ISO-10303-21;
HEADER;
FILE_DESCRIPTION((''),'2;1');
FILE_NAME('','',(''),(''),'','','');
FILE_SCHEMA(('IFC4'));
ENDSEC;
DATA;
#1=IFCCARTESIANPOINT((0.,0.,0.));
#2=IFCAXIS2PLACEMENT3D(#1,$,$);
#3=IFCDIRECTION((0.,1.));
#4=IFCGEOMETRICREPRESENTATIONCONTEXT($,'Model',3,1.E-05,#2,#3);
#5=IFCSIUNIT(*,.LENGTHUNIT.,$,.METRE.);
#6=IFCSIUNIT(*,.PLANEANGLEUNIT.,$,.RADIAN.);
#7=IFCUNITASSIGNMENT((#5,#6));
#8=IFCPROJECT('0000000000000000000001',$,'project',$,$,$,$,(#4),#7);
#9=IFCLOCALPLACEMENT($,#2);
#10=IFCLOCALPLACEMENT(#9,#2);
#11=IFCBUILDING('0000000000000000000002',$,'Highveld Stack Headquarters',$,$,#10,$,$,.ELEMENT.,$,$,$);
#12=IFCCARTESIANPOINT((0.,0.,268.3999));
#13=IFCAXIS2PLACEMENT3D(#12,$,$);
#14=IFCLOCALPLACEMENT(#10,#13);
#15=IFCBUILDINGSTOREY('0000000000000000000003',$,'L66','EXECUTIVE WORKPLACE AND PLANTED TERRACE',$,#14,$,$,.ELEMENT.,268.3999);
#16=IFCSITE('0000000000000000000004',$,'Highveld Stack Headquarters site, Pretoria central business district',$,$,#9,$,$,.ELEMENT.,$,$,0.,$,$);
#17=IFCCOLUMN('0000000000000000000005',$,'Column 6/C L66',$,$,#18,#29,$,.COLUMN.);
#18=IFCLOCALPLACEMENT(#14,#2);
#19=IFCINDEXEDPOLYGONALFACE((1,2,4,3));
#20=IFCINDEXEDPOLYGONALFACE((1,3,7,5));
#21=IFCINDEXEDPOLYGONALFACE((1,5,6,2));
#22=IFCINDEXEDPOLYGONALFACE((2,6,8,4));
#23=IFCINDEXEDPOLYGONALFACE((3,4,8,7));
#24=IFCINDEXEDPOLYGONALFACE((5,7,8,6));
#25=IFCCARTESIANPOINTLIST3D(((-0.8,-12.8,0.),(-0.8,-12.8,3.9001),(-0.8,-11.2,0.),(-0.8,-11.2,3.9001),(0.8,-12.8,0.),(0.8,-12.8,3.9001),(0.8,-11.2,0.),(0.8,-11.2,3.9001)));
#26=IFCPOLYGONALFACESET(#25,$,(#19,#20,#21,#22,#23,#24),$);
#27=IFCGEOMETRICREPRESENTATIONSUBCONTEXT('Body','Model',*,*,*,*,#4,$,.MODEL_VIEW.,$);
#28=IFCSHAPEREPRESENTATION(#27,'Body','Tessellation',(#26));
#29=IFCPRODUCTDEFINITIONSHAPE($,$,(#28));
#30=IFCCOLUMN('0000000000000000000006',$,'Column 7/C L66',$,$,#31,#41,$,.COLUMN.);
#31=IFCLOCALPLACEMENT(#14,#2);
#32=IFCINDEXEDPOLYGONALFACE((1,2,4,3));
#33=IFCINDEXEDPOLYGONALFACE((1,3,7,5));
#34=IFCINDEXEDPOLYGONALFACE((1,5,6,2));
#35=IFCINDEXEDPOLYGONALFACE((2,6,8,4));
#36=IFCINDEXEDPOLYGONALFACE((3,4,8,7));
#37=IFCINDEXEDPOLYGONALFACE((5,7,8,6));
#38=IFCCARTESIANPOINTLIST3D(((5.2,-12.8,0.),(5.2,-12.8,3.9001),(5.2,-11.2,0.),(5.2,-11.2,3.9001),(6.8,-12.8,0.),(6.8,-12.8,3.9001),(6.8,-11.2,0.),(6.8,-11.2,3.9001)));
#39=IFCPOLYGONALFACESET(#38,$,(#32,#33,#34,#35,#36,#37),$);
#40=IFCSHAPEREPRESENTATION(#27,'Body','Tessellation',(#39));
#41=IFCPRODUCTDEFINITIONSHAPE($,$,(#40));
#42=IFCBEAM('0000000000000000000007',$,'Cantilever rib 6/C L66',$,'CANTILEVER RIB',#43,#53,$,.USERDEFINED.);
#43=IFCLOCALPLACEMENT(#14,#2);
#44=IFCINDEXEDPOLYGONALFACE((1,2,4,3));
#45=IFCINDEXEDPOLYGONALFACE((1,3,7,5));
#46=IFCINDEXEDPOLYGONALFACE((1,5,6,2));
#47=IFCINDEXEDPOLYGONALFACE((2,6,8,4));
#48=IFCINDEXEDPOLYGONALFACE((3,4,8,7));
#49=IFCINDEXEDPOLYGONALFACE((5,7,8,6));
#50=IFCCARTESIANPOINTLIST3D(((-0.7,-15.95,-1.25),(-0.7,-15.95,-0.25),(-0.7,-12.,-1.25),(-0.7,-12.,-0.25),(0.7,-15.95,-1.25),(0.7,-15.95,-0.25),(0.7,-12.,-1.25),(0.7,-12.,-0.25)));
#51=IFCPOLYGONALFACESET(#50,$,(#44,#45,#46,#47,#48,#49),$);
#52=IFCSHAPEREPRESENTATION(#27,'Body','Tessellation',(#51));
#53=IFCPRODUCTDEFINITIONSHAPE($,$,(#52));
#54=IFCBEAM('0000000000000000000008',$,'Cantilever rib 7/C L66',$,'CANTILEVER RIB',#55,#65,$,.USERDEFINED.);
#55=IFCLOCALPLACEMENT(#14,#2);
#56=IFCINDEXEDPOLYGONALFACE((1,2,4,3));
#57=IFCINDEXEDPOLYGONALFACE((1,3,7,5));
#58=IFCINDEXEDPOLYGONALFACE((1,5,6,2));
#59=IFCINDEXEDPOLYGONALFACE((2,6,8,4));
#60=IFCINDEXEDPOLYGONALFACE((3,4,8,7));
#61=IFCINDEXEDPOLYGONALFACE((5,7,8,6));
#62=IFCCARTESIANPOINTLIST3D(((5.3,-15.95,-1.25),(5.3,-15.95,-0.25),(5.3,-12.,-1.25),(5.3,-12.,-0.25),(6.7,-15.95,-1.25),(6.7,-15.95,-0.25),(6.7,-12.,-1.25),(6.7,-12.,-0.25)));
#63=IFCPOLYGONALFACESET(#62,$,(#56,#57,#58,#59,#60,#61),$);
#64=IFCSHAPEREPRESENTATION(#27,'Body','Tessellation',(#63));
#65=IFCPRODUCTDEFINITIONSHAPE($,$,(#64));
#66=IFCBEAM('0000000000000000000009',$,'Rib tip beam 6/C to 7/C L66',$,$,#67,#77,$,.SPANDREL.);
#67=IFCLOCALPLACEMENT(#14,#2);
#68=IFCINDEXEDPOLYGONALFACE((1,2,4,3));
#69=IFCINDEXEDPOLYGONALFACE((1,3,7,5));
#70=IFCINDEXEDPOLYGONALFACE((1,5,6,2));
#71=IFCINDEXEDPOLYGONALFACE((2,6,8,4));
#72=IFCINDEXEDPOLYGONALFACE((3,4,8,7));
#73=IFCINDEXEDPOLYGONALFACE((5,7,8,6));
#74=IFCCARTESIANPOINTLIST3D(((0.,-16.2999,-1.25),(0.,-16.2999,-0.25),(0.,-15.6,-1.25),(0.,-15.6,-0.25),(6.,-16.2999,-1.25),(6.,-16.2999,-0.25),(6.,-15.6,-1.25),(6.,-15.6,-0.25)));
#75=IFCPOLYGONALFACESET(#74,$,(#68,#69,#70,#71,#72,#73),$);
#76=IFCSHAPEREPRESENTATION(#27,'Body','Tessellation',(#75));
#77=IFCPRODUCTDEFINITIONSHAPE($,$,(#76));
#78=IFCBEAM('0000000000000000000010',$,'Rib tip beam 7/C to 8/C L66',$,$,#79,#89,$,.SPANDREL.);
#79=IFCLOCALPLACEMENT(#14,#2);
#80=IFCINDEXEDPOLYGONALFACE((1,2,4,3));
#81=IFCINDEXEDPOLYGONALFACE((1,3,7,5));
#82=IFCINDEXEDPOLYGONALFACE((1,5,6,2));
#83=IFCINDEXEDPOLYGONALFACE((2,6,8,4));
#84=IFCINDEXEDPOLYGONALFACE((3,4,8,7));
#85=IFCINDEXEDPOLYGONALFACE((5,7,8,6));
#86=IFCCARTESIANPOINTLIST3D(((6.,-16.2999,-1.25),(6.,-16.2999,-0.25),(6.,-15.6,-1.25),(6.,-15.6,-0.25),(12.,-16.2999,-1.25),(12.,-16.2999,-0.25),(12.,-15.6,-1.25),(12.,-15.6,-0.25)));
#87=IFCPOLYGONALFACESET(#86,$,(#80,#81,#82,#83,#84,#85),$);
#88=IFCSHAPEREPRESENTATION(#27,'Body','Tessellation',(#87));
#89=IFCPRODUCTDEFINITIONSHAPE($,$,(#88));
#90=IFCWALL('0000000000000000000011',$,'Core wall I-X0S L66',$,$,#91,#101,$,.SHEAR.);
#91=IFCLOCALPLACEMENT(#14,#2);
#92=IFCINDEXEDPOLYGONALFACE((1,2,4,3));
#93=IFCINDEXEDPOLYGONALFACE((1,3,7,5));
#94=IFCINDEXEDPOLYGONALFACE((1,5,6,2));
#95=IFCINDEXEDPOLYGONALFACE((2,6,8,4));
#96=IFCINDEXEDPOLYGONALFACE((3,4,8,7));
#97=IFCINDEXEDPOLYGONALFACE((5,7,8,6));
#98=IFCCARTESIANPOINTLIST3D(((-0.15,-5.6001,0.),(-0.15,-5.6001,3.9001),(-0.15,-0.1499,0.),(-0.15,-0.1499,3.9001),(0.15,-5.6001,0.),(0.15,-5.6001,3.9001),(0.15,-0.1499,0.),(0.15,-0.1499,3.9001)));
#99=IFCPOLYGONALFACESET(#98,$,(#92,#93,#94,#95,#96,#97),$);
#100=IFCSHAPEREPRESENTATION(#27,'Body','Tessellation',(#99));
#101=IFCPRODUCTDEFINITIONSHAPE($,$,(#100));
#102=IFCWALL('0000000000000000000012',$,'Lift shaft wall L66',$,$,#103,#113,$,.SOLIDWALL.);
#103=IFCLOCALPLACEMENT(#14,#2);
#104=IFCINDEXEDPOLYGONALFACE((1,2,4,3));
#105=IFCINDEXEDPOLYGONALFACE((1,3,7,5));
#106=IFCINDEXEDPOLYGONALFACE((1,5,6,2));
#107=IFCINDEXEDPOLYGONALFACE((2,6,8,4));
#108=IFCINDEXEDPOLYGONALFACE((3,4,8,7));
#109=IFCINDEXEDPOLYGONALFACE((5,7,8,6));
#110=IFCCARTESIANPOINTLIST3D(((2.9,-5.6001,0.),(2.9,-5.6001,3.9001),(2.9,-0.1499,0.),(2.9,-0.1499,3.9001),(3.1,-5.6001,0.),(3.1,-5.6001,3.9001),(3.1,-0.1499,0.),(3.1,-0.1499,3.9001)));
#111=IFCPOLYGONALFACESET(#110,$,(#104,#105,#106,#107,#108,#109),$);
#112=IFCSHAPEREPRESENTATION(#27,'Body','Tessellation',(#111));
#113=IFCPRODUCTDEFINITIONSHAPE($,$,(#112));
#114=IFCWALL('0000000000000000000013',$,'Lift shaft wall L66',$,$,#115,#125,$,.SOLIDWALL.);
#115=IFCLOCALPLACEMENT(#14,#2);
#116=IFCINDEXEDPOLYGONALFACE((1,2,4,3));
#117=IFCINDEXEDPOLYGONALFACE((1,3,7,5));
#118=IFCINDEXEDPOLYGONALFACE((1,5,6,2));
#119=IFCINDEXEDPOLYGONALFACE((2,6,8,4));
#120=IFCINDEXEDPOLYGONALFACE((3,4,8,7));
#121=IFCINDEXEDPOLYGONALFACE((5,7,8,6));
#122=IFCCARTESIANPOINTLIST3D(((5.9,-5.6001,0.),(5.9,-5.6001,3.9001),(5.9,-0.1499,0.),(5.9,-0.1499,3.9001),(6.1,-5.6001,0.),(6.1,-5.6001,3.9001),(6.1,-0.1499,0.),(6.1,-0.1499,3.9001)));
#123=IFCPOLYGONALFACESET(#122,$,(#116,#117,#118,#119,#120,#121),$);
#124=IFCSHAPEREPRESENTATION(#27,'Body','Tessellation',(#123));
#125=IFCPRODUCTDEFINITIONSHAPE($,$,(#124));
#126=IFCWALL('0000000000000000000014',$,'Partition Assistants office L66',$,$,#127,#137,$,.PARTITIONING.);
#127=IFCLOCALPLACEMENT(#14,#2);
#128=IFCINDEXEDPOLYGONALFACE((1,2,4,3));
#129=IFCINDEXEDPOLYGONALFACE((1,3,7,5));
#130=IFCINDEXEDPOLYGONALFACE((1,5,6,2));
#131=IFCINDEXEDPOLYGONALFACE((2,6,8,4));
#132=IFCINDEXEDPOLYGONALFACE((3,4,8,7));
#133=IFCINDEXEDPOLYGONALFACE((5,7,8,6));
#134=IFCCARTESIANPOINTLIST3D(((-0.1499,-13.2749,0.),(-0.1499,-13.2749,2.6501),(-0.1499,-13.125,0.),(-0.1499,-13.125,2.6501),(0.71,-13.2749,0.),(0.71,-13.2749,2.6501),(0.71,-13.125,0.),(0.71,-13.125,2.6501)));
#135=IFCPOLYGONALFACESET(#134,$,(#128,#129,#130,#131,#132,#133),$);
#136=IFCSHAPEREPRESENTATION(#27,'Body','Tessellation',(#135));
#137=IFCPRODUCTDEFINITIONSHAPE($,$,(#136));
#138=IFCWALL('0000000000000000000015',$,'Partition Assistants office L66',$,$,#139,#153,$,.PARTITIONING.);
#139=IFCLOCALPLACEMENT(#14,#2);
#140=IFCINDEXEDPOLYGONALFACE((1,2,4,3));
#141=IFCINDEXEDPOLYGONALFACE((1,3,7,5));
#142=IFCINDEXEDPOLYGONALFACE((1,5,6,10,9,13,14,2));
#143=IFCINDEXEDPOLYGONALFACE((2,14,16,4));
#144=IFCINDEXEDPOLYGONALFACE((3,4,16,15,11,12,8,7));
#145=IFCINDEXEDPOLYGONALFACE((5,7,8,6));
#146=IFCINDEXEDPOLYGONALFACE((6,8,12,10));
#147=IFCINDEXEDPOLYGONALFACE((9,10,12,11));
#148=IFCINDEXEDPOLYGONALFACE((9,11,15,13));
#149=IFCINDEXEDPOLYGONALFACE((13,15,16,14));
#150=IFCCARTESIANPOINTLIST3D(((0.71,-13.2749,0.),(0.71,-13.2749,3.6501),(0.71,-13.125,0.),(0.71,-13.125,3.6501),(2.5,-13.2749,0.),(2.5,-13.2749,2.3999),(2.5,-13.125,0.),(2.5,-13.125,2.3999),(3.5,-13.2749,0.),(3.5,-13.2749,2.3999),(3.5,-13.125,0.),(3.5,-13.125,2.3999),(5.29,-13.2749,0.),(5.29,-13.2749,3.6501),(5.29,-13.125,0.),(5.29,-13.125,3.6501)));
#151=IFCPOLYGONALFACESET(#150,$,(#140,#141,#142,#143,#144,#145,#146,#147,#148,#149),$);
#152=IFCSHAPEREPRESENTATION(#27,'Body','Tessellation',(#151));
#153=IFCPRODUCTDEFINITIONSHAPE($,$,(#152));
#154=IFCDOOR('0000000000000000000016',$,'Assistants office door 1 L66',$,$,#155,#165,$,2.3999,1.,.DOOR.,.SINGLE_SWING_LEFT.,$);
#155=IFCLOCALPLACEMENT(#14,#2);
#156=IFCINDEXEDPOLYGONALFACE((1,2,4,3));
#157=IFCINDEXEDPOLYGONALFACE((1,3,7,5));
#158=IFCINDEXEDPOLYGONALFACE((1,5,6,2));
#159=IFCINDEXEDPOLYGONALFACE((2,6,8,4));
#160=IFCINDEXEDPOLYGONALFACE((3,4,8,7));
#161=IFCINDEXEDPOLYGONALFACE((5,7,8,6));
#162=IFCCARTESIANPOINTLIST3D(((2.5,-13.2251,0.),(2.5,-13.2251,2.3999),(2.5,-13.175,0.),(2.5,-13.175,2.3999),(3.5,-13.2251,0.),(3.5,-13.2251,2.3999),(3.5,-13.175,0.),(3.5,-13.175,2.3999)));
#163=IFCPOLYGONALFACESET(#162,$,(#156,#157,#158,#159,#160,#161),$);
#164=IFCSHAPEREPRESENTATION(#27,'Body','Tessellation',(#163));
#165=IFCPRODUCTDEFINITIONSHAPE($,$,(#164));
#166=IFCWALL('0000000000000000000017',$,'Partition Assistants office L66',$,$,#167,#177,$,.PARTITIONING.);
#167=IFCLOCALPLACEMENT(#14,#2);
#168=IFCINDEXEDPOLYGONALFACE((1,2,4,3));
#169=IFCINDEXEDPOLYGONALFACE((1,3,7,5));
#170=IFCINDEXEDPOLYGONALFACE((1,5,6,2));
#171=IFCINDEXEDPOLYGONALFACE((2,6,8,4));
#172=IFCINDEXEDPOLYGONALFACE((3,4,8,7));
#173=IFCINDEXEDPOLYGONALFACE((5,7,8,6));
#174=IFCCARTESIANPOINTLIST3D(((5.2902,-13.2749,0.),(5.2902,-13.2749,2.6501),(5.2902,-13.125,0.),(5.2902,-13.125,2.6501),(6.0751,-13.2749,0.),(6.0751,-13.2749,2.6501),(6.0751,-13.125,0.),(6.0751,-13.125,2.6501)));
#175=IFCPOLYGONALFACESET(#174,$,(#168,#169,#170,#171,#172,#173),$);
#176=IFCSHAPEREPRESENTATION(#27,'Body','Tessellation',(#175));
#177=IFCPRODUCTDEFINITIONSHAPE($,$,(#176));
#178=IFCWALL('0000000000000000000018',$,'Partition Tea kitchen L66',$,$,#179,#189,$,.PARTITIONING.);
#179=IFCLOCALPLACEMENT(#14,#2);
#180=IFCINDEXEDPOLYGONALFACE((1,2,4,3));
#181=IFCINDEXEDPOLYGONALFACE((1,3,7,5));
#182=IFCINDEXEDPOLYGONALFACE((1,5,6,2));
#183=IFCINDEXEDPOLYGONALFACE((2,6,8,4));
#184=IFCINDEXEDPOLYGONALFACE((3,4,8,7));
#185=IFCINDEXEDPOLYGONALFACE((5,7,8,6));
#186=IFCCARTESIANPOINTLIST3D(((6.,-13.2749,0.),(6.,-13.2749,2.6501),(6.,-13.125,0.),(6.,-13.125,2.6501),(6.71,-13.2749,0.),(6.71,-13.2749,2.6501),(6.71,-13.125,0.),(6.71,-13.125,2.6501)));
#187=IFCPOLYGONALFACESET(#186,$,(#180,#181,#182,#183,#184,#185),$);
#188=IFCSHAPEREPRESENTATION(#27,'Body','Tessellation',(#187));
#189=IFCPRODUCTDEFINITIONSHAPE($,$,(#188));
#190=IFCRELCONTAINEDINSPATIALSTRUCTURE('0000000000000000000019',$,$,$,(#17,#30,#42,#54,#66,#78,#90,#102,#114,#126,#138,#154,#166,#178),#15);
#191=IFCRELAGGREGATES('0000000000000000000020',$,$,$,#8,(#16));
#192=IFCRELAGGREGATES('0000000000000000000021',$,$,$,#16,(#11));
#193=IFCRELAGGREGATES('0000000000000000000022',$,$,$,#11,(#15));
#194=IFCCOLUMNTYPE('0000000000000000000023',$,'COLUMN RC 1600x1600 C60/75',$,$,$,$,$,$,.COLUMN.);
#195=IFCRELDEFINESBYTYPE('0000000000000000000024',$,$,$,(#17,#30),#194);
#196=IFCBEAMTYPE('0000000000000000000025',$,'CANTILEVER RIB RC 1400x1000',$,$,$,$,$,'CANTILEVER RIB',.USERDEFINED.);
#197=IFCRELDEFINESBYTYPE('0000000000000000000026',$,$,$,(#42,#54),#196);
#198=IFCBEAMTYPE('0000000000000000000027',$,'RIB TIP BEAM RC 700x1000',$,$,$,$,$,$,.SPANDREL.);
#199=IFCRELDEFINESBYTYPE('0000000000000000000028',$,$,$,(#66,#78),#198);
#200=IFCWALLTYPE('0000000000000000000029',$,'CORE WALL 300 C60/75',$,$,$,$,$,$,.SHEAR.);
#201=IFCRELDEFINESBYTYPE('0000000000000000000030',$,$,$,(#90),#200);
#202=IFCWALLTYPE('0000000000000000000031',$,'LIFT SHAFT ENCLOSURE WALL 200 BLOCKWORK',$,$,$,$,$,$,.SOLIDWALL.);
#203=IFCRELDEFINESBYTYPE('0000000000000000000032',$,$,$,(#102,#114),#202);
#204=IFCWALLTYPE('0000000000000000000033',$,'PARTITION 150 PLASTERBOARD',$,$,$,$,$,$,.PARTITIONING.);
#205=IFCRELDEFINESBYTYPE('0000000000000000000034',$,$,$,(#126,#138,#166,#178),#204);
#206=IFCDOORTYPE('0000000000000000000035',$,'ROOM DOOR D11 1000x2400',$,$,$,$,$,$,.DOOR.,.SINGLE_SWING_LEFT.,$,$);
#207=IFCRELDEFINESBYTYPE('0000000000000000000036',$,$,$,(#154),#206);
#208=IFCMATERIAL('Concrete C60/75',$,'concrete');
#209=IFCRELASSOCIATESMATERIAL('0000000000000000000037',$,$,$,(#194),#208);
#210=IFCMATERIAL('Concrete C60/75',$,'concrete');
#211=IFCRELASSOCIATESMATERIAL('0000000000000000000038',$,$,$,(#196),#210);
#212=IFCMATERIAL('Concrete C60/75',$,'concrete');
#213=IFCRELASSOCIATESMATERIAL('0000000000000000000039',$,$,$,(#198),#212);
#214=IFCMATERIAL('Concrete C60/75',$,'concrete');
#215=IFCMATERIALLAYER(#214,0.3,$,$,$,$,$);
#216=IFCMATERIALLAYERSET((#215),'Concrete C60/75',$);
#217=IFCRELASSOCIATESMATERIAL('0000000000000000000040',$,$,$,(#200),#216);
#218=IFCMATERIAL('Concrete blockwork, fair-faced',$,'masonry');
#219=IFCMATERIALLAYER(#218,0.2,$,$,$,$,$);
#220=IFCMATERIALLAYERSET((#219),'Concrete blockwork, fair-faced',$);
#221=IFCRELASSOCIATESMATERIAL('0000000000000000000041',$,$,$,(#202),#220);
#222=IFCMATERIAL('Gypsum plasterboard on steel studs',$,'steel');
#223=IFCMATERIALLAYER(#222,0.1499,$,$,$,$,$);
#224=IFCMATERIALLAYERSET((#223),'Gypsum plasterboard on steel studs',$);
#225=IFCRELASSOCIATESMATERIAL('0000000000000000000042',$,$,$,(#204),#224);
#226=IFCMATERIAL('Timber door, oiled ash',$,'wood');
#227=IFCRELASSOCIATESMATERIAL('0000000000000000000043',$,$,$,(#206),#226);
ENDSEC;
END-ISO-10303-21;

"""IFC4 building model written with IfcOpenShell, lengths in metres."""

from ifc_helpers import new_model, si_unit, direction, frame, frame_2d, origin, origin_2d, place, context, subcontext, project, spatial, rectangle, extrude, material, layer, layer_set, material_profile, profile_set, type_object, element, fill, save


model = new_model("IFC4")

# Units and contexts
model_context = context("Model", 3, precision=1e-05, world=origin(), true_north=direction((0.0, 1.0)))
body_context = subcontext(model_context, "Body", "Model", "MODEL_VIEW")
ifc_project = project(units=[si_unit("LENGTHUNIT", "METRE"), si_unit("PLANEANGLEUNIT", "RADIAN")], contexts=[model_context])

# Site, building, storey
site_placement = place(None, origin())
site = spatial("IfcSite", under=ifc_project, at=site_placement, Name="Highveld Stack Headquarters site, Pretoria central business district", CompositionType="ELEMENT", RefElevation=0.0)
building_placement = place(site_placement, origin())
building = spatial("IfcBuilding", under=site, at=building_placement, Name="Highveld Stack Headquarters", CompositionType="ELEMENT")
storey_placement = place(building_placement, frame((0.0, 0.0, 268.3999)))
storey = spatial("IfcBuildingStorey", under=building, at=storey_placement, Name="L66", Description="EXECUTIVE WORKPLACE AND PLANTED TERRACE", CompositionType="ELEMENT", Elevation=268.3999)

# Columns
ifc_material_1 = material(Name="Concrete C60/75", Category="concrete")
ifc_material_profile_1 = material_profile(ifc_material_1, rectangle(XDim=1.6001, YDim=1.6001, at=origin_2d()), Name="RC 1600x1600")
ifc_profile_set_1 = profile_set([ifc_material_profile_1], Name="Concrete C60/75")
column_type = type_object("IfcColumnType", Name="COLUMN RC 1600x1600 C60/75", PredefinedType="COLUMN", material=ifc_profile_set_1)
for number, where, z_axis, x_axis, name in (
    (1, (0.0, -12.0, 0.0), (0.0, 0.0, 1.0), (1.0, 0.0, 0.0), "Column 6/C L66"),
    (2, (6.0, -12.0, 0.0), (0.0, 0.0, 1.0), (1.0, 0.0, 0.0), "Column 7/C L66"),
):
    element("IfcColumn", number, at=place(storey_placement, frame(where, z_axis=z_axis, x_axis=x_axis)), inside=storey, type_object=column_type, Name=name, PredefinedType="COLUMN", context=body_context, shape_type="SweptSolid", body=[
        extrude(rectangle(XDim=1.6001, YDim=1.6001, at=origin_2d()), origin(), (0.0, 0.0, 1.0), 3.9001),
    ])

# Beams
ifc_material_2 = material(Name="Concrete C60/75", Category="concrete")
ifc_material_profile_2 = material_profile(ifc_material_2, rectangle(XDim=1.3999, YDim=1.0, at=origin_2d()), Name="RC 1400x1000")
ifc_profile_set_2 = profile_set([ifc_material_profile_2], Name="Concrete C60/75")
beam_type_1 = type_object("IfcBeamType", Name="CANTILEVER RIB RC 1400x1000", ElementType="CANTILEVER RIB", PredefinedType="USERDEFINED", material=ifc_profile_set_2)
for number, where, z_axis, x_axis, name in (
    (3, (0.0, -12.0, -0.75), (0.0, -1.0, 0.0), (1.0, 0.0, 0.0), "Cantilever rib 6/C L66"),
    (4, (6.0, -12.0, -0.75), (0.0, -1.0, 0.0), (1.0, 0.0, 0.0), "Cantilever rib 7/C L66"),
):
    element("IfcBeam", number, at=place(storey_placement, frame(where, z_axis=z_axis, x_axis=x_axis)), inside=storey, type_object=beam_type_1, Name=name, ObjectType="CANTILEVER RIB", PredefinedType="USERDEFINED", context=body_context, shape_type="SweptSolid", body=[
        extrude(rectangle(XDim=1.3999, YDim=1.0, at=origin_2d()), origin(), (0.0, 0.0, 1.0), 3.95),
    ])
ifc_material_3 = material(Name="Concrete C60/75", Category="concrete")
ifc_material_profile_3 = material_profile(ifc_material_3, rectangle(XDim=0.7, YDim=1.0, at=origin_2d()), Name="RC 700x1000")
ifc_profile_set_3 = profile_set([ifc_material_profile_3], Name="Concrete C60/75")
beam_type_2 = type_object("IfcBeamType", Name="RIB TIP BEAM RC 700x1000", PredefinedType="SPANDREL", material=ifc_profile_set_3)
for number, where, z_axis, x_axis, name in (
    (5, (0.0, -15.95, -0.75), (1.0, 0.0, 0.0), (0.0, 1.0, 0.0), "Rib tip beam 6/C to 7/C L66"),
    (6, (6.0, -15.95, -0.75), (1.0, 0.0, 0.0), (0.0, 1.0, 0.0), "Rib tip beam 7/C to 8/C L66"),
):
    element("IfcBeam", number, at=place(storey_placement, frame(where, z_axis=z_axis, x_axis=x_axis)), inside=storey, type_object=beam_type_2, Name=name, PredefinedType="SPANDREL", context=body_context, shape_type="SweptSolid", body=[
        extrude(rectangle(XDim=0.7, YDim=1.0, at=origin_2d()), origin(), (0.0, 0.0, 1.0), 6.0),
    ])

# Walls
ifc_material_4 = material(Name="Concrete C60/75", Category="concrete")
ifc_layer_1 = layer(ifc_material_4, 0.3)
ifc_layer_set_1 = layer_set([ifc_layer_1], Name="Concrete C60/75")
wall_type_1 = type_object("IfcWallType", Name="CORE WALL 300 C60/75", PredefinedType="SHEAR", material=ifc_layer_set_1)
wall_1_placement = place(storey_placement, frame((0.0, -5.6001, 0.0), z_axis=(0.0, 0.0, 1.0), x_axis=(0.0, 1.0, 0.0)))
element("IfcWall", 7, at=wall_1_placement, inside=storey, type_object=wall_type_1, Name="Core wall I-X0S L66", PredefinedType="SHEAR", context=body_context, shape_type="SweptSolid", body=[
    extrude(rectangle(XDim=5.4502, YDim=0.3, at=frame_2d((2.7251, 0.0))), origin(), (0.0, 0.0, 1.0), 3.9001),
])
ifc_material_5 = material(Name="Concrete blockwork, fair-faced", Category="masonry")
ifc_layer_2 = layer(ifc_material_5, 0.2)
ifc_layer_set_2 = layer_set([ifc_layer_2], Name="Concrete blockwork, fair-faced")
wall_type_2 = type_object("IfcWallType", Name="LIFT SHAFT ENCLOSURE WALL 200 BLOCKWORK", PredefinedType="SOLIDWALL", material=ifc_layer_set_2)
for number, where, z_axis, x_axis, name in (
    (8, (3.0, -5.6001, 0.0), (0.0, 0.0, 1.0), (0.0, 1.0, 0.0), "Lift shaft wall L66"),
    (9, (6.0, -5.6001, 0.0), (0.0, 0.0, 1.0), (0.0, 1.0, 0.0), "Lift shaft wall L66"),
):
    element("IfcWall", number, at=place(storey_placement, frame(where, z_axis=z_axis, x_axis=x_axis)), inside=storey, type_object=wall_type_2, Name=name, PredefinedType="SOLIDWALL", context=body_context, shape_type="SweptSolid", body=[
        extrude(rectangle(XDim=5.4502, YDim=0.2, at=frame_2d((2.7251, 0.0))), origin(), (0.0, 0.0, 1.0), 3.9001),
    ])
ifc_material_6 = material(Name="Gypsum plasterboard on steel studs", Category="steel")
ifc_layer_3 = layer(ifc_material_6, 0.1499)
ifc_layer_set_3 = layer_set([ifc_layer_3], Name="Gypsum plasterboard on steel studs")
wall_type_3 = type_object("IfcWallType", Name="PARTITION 150 PLASTERBOARD", PredefinedType="PARTITIONING", material=ifc_layer_set_3)
wall_2_placement = place(storey_placement, frame((-0.1499, -13.2, 0.0), z_axis=(0.0, 0.0, 1.0), x_axis=(1.0, 0.0, 0.0)))
element("IfcWall", 10, at=wall_2_placement, inside=storey, type_object=wall_type_3, Name="Partition Assistants office L66", PredefinedType="PARTITIONING", context=body_context, shape_type="SweptSolid", body=[
    extrude(rectangle(XDim=0.8599, YDim=0.1499, at=frame_2d((0.4299, 0.0))), origin(), (0.0, 0.0, 1.0), 2.6501),
])

# Wall, opening, door
wall_3_placement = place(storey_placement, frame((0.71, -13.2, 0.0), z_axis=(0.0, 0.0, 1.0), x_axis=(1.0, 0.0, 0.0)))
wall_3 = element("IfcWall", 11, at=wall_3_placement, inside=storey, type_object=wall_type_3, Name="Partition Assistants office L66", PredefinedType="PARTITIONING", context=body_context, shape_type="SweptSolid", body=[
    extrude(rectangle(XDim=4.5801, YDim=0.1499, at=frame_2d((2.29, 0.0))), origin(), (0.0, 0.0, 1.0), 3.6501),
])
opening_1_placement = place(wall_3_placement, frame((1.79, 0.0, 0.0)))
opening_1 = element("IfcOpeningElement", 12, at=opening_1_placement, cuts=wall_3, PredefinedType="OPENING", context=body_context, shape_type="SweptSolid", body=[
    extrude(rectangle(XDim=1.0, YDim=2.3999, at=frame_2d((0.5, 1.2))), frame((0.0, 0.085, 0.0), z_axis=(0.0, -1.0, 0.0), x_axis=(1.0, 0.0, 0.0)), (0.0, 0.0, 1.0), 0.1699),
])
ifc_material_7 = material(Name="Timber door, oiled ash", Category="wood")
door_type = type_object("IfcDoorType", Name="ROOM DOOR D11 1000x2400", OperationType="SINGLE_SWING_LEFT", PredefinedType="DOOR", material=ifc_material_7)
door_1_placement = place(opening_1_placement, origin())
door_1 = element("IfcDoor", 13, at=door_1_placement, inside=storey, type_object=door_type, Name="Assistants office door 1 L66", OperationType="SINGLE_SWING_LEFT", OverallHeight=2.3999, OverallWidth=1.0, PredefinedType="DOOR", context=body_context, shape_type="SweptSolid", body=[
    extrude(rectangle(XDim=1.0, YDim=2.3999, at=frame_2d((0.5, 1.2))), frame((0.0, 0.0249, 0.0), z_axis=(0.0, -1.0, 0.0), x_axis=(1.0, 0.0, 0.0)), (0.0, 0.0, 1.0), 0.05),
])
fill(opening_1, door_1)

# Walls
wall_4_placement = place(storey_placement, frame((5.29, -13.2, 0.0), z_axis=(0.0, 0.0, 1.0), x_axis=(1.0, 0.0, 0.0)))
element("IfcWall", 14, at=wall_4_placement, inside=storey, type_object=wall_type_3, Name="Partition Assistants office L66", PredefinedType="PARTITIONING", context=body_context, shape_type="SweptSolid", body=[
    extrude(rectangle(XDim=0.7849, YDim=0.1499, at=frame_2d((0.3926, 0.0))), origin(), (0.0, 0.0, 1.0), 2.6501),
])
wall_5_placement = place(storey_placement, frame((6.0, -13.2, 0.0), z_axis=(0.0, 0.0, 1.0), x_axis=(1.0, 0.0, 0.0)))
element("IfcWall", 15, at=wall_5_placement, inside=storey, type_object=wall_type_3, Name="Partition Tea kitchen L66", PredefinedType="PARTITIONING", context=body_context, shape_type="SweptSolid", body=[
    extrude(rectangle(XDim=0.71, YDim=0.1499, at=frame_2d((0.355, 0.0))), origin(), (0.0, 0.0, 1.0), 2.6501),
])

save(model, "model.ifc")
